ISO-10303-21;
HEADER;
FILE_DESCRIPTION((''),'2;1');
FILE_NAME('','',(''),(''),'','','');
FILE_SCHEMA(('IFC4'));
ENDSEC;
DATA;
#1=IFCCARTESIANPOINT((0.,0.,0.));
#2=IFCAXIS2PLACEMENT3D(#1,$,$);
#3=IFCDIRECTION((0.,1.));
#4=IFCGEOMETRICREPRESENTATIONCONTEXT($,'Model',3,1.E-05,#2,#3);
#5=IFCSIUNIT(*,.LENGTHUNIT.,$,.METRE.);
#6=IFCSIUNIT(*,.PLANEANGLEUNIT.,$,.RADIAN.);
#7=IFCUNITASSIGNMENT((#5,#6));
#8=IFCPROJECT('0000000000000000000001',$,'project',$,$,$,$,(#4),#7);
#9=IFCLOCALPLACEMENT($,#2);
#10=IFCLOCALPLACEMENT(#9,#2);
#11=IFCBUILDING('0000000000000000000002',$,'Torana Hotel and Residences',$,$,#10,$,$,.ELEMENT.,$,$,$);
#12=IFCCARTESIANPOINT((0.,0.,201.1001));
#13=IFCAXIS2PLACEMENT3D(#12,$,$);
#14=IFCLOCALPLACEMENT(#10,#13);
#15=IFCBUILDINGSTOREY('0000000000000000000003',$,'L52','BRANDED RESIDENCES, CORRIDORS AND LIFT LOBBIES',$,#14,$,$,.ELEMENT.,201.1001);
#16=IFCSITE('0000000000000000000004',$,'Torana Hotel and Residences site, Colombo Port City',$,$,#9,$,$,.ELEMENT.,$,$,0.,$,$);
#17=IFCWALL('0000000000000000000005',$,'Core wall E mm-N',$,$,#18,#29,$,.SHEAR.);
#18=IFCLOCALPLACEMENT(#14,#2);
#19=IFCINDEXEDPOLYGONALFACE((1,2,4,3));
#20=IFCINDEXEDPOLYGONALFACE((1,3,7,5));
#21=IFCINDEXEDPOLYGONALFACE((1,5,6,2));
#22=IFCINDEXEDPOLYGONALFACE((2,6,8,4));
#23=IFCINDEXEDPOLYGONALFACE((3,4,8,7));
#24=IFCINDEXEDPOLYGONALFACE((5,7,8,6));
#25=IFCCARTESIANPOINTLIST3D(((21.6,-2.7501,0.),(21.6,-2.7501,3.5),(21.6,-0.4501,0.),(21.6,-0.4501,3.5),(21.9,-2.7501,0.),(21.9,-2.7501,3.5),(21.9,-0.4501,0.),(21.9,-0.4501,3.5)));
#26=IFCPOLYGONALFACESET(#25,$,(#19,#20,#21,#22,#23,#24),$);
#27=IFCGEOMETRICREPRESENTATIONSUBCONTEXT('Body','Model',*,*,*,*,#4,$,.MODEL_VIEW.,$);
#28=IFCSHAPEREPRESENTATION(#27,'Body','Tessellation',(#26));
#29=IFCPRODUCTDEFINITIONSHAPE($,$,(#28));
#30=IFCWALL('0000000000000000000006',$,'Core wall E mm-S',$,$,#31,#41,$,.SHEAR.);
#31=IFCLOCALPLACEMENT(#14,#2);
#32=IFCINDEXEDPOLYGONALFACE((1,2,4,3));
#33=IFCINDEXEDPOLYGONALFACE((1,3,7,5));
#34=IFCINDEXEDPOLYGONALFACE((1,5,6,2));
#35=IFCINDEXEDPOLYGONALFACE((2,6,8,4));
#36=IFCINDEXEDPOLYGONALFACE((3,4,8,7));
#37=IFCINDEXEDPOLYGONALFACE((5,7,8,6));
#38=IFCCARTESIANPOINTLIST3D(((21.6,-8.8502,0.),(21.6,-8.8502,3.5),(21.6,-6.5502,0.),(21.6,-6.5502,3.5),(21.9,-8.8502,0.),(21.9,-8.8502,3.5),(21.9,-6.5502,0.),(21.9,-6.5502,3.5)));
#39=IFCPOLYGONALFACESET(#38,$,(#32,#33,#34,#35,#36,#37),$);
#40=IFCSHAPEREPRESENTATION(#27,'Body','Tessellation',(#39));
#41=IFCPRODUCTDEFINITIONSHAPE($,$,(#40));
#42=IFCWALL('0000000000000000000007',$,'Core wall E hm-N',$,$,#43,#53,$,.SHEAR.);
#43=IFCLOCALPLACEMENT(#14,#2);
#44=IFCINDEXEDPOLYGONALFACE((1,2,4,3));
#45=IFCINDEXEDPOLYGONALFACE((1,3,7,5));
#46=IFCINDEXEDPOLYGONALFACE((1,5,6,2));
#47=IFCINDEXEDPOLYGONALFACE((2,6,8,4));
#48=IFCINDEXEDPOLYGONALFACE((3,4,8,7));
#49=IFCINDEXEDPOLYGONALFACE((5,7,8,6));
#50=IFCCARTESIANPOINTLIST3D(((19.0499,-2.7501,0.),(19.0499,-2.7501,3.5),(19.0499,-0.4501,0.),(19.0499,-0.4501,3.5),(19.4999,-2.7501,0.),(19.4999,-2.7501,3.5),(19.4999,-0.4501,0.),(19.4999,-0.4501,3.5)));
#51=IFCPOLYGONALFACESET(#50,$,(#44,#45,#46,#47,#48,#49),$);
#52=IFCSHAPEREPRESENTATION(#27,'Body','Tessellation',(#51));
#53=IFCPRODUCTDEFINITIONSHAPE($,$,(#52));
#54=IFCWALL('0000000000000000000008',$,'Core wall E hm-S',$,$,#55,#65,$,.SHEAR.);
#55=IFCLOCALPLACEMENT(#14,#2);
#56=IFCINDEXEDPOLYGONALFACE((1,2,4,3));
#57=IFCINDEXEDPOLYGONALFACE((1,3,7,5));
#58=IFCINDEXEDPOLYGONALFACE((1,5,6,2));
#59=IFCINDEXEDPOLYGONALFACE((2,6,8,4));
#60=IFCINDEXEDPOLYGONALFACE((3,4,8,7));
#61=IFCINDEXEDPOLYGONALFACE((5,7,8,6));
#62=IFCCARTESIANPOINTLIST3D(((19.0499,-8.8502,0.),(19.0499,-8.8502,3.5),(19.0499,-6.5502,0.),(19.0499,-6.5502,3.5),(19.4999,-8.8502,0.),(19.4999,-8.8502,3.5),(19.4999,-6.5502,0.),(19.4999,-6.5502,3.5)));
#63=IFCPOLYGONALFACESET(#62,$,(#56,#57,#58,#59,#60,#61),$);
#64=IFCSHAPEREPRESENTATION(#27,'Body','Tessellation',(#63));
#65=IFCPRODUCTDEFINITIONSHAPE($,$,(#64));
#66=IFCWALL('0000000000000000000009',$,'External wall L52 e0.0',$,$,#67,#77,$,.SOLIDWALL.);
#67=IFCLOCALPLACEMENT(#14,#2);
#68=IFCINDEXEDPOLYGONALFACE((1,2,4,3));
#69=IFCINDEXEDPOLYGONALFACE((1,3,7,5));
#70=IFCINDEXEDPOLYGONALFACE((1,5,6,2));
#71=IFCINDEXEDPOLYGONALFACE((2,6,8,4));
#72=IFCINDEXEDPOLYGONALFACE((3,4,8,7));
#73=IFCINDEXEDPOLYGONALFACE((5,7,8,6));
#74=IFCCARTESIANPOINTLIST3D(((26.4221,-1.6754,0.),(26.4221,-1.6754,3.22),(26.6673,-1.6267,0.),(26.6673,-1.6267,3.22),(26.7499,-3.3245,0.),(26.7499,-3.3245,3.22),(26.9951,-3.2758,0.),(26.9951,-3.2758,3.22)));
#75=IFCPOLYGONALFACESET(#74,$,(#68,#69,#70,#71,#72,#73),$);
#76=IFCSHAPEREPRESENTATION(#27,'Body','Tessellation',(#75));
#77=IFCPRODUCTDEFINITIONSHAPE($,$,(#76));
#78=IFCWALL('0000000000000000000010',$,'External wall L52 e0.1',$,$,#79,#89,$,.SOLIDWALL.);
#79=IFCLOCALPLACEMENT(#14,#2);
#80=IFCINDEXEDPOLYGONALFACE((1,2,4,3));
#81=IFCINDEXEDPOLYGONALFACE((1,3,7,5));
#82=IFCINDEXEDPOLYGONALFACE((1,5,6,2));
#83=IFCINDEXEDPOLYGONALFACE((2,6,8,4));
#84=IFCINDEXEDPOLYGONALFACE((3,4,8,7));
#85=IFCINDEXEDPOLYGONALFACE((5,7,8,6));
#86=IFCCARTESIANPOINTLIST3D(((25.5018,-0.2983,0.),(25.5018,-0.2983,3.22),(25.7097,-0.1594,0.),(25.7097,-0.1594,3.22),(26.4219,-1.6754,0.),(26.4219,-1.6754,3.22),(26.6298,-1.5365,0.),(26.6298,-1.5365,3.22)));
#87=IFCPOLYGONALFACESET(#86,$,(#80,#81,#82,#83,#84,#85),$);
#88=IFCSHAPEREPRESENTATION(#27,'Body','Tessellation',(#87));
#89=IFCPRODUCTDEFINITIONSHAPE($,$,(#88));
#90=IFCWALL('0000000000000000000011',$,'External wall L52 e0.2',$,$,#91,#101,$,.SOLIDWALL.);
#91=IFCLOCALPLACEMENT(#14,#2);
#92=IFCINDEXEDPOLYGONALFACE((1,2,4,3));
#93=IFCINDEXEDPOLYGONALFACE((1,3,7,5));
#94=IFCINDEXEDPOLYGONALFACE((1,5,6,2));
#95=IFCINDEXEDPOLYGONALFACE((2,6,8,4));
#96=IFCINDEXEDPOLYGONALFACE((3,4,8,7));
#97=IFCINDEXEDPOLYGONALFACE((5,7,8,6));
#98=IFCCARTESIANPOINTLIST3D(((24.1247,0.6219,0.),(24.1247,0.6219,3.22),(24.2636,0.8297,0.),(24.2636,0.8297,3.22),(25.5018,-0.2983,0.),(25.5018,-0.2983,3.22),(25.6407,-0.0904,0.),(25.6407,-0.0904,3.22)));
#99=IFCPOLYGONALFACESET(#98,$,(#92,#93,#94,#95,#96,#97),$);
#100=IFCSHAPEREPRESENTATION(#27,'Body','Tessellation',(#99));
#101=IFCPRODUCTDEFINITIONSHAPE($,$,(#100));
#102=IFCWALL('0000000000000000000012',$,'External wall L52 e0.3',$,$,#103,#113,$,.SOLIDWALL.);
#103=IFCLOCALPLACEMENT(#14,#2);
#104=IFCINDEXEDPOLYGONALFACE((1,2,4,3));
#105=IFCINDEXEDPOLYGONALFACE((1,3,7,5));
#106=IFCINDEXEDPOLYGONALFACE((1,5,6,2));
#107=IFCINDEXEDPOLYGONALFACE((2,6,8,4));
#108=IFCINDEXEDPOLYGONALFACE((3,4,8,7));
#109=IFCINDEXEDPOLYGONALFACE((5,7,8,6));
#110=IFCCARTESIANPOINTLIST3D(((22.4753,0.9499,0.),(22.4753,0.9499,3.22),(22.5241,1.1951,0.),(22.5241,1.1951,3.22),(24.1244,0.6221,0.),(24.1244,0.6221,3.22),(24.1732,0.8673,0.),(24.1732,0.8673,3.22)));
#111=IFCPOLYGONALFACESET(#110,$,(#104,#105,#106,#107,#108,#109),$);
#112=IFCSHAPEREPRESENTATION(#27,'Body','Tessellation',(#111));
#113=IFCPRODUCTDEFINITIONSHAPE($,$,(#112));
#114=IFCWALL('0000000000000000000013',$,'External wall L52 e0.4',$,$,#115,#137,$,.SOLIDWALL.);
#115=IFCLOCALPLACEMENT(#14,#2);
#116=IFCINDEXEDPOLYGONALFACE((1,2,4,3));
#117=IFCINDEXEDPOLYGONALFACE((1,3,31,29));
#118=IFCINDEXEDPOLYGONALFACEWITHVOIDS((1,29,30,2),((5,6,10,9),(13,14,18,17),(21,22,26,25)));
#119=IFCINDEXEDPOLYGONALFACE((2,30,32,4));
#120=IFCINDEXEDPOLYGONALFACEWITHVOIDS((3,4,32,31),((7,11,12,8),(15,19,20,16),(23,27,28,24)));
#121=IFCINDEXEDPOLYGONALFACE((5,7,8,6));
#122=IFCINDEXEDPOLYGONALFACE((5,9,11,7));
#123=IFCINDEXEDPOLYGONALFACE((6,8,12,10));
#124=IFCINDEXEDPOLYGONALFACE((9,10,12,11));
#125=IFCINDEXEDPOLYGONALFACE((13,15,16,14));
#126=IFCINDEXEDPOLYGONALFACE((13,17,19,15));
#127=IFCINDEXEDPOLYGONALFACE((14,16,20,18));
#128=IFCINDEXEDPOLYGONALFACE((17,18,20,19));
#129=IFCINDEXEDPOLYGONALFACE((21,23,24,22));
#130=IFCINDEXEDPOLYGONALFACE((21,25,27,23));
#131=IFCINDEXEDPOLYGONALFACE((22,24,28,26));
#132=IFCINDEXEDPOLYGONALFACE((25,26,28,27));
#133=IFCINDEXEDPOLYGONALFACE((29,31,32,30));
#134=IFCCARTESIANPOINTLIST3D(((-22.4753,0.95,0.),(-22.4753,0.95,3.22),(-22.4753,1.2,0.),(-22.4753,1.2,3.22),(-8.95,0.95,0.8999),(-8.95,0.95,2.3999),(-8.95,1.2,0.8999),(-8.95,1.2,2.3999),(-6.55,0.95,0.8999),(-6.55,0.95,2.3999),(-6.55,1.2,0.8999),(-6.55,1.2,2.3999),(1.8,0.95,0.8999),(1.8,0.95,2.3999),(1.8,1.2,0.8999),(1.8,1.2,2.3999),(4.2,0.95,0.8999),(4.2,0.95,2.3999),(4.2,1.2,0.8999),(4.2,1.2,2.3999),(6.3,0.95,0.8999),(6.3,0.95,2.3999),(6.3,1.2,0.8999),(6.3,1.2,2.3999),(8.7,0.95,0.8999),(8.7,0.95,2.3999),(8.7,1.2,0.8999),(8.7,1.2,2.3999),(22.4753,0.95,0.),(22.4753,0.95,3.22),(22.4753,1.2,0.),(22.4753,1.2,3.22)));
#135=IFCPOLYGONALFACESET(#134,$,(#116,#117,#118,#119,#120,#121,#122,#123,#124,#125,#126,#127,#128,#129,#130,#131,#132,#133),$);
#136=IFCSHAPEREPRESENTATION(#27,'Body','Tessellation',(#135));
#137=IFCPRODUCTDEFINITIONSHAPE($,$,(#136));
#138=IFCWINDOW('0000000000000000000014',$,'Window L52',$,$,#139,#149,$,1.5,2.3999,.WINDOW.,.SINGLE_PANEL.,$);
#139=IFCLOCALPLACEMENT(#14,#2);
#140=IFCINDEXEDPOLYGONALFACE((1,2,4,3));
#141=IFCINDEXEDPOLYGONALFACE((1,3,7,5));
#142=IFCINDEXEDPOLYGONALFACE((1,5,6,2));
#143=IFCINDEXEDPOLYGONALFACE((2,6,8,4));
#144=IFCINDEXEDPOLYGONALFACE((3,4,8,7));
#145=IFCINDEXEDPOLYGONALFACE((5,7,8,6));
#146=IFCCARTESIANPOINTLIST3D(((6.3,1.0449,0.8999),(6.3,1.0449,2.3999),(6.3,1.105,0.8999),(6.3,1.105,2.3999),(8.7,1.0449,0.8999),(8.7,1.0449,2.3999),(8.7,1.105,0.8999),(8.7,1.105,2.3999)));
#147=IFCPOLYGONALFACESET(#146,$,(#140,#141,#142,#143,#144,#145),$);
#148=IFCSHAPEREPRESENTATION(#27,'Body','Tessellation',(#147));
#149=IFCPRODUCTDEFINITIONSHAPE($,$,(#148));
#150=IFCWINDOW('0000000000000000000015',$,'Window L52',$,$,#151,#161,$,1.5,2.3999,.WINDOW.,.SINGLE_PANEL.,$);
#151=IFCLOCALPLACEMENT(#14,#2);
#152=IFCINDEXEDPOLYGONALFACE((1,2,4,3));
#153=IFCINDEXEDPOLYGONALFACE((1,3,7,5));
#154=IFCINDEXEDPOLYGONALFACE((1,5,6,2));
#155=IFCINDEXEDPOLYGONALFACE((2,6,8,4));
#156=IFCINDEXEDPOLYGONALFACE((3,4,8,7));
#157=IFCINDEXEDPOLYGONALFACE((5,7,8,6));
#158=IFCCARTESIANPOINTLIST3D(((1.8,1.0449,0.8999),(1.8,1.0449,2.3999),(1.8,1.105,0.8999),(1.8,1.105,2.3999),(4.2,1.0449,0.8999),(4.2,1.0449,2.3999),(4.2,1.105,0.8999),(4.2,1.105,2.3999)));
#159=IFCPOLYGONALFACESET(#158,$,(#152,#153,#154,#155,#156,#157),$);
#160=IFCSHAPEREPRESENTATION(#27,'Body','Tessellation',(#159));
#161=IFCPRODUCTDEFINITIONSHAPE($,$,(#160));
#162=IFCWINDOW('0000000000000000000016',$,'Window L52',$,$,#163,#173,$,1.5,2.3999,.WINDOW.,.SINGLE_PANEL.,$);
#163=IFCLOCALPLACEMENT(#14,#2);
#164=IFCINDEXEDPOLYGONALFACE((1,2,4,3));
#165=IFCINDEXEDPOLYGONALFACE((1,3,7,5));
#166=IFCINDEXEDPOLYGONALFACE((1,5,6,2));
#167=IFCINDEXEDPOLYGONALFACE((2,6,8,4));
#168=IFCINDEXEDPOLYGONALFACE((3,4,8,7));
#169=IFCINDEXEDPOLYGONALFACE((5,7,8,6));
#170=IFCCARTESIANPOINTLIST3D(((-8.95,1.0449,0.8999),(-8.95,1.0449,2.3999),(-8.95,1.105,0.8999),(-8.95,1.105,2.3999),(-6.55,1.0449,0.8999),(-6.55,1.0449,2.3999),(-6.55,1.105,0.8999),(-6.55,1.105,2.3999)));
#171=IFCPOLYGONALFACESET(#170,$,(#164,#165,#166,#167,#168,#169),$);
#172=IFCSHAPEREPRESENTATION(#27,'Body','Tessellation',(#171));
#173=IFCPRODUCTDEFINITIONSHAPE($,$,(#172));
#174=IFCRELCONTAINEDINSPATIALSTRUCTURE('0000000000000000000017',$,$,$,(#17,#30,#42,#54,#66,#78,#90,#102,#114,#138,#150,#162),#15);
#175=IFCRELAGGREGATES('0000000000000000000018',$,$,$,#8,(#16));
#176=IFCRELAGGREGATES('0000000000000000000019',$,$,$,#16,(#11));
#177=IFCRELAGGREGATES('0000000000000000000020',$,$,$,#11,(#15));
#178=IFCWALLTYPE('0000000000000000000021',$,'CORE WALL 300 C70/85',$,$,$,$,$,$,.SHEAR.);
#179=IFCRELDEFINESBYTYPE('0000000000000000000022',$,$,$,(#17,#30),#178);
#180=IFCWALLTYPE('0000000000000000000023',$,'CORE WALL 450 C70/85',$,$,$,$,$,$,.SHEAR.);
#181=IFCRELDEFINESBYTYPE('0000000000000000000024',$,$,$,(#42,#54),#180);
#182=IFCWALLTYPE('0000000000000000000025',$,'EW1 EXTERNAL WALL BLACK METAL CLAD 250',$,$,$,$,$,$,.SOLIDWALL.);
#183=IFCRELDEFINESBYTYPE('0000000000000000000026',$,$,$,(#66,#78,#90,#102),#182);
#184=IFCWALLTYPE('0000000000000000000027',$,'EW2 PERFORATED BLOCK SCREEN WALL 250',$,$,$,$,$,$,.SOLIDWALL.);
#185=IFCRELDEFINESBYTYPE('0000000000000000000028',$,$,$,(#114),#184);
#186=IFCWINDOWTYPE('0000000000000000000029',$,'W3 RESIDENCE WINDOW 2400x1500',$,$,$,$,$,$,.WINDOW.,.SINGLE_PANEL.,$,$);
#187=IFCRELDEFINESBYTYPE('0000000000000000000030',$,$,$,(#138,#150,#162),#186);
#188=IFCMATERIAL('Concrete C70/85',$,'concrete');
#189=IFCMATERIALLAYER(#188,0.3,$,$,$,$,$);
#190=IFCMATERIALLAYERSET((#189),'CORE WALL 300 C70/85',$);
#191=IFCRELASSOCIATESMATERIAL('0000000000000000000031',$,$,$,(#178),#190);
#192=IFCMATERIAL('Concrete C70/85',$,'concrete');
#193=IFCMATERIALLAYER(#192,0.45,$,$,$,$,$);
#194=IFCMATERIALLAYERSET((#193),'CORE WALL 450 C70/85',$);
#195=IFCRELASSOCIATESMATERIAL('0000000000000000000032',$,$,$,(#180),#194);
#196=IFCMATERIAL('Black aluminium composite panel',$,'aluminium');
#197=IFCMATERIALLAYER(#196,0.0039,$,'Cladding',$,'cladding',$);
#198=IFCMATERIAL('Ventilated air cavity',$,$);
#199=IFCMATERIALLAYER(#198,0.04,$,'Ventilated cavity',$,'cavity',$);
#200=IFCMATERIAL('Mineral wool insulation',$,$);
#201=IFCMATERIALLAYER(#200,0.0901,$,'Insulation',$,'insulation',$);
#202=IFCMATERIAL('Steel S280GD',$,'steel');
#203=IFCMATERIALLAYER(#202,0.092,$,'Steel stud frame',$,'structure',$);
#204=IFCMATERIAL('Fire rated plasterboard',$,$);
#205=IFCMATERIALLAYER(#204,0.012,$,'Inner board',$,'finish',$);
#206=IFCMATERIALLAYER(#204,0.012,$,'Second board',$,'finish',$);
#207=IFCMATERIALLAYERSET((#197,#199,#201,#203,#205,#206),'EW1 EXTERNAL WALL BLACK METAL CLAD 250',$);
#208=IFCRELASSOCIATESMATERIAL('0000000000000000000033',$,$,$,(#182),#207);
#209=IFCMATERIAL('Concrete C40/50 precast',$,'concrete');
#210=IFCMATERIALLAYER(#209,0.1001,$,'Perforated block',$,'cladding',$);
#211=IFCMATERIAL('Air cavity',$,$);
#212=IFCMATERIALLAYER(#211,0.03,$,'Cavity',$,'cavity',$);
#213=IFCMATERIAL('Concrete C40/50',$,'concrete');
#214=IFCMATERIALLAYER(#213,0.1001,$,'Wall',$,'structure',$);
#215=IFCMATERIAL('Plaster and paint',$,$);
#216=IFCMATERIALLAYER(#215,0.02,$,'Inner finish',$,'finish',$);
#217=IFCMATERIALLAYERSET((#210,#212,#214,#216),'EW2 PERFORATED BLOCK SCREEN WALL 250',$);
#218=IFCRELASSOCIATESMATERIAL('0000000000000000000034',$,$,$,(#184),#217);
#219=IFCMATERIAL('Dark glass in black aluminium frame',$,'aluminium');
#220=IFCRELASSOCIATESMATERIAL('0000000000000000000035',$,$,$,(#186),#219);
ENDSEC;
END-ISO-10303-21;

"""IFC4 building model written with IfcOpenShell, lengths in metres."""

from ifc_helpers import new_model, si_unit, direction, frame, frame_2d, origin, place, context, subcontext, project, spatial, rectangle, extrude, material, layer, layer_set, type_object, element, fill, save


model = new_model("IFC4")

# Units and contexts
model_context = context("Model", 3, precision=1e-05, world=origin(), true_north=direction((0.0, 1.0)))
body_context = subcontext(model_context, "Body", "Model", "MODEL_VIEW")
ifc_project = project(units=[si_unit("LENGTHUNIT", "METRE"), si_unit("PLANEANGLEUNIT", "RADIAN")], contexts=[model_context])

# Site, building, storey
site_placement = place(None, origin())
site = spatial("IfcSite", under=ifc_project, at=site_placement, Name="Torana Hotel and Residences site, Colombo Port City", CompositionType="ELEMENT", RefElevation=0.0)
building_placement = place(site_placement, origin())
building = spatial("IfcBuilding", under=site, at=building_placement, Name="Torana Hotel and Residences", CompositionType="ELEMENT")
storey_placement = place(building_placement, frame((0.0, 0.0, 201.1001)))
storey = spatial("IfcBuildingStorey", under=building, at=storey_placement, Name="L52", Description="BRANDED RESIDENCES, CORRIDORS AND LIFT LOBBIES", CompositionType="ELEMENT", Elevation=201.1001)

# Walls
ifc_material_1 = material(Name="Concrete C70/85", Category="concrete")
ifc_layer_1 = layer(ifc_material_1, 0.3)
ifc_layer_set_1 = layer_set([ifc_layer_1], Name="CORE WALL 300 C70/85")
wall_type_1 = type_object("IfcWallType", Name="CORE WALL 300 C70/85", PredefinedType="SHEAR", material=ifc_layer_set_1)
for number, where, z_axis, x_axis, name in (
    (1, (21.75, -2.75, 0.0), (0.0, 0.0, 1.0), (0.0, 1.0, 0.0), "Core wall E mm-N"),
    (2, (21.75, -8.8501, 0.0), (0.0, 0.0, 1.0), (0.0, 1.0, 0.0), "Core wall E mm-S"),
):
    element("IfcWall", number, at=place(storey_placement, frame(where, z_axis=z_axis, x_axis=x_axis)), inside=storey, type_object=wall_type_1, Name=name, PredefinedType="SHEAR", context=body_context, shape_type="SweptSolid", body=[
        extrude(rectangle(XDim=2.3, YDim=0.3, at=frame_2d((1.1499, 0.0))), origin(), (0.0, 0.0, 1.0), 3.5),
    ])
ifc_material_2 = material(Name="Concrete C70/85", Category="concrete")
ifc_layer_2 = layer(ifc_material_2, 0.45)
ifc_layer_set_2 = layer_set([ifc_layer_2], Name="CORE WALL 450 C70/85")
wall_type_2 = type_object("IfcWallType", Name="CORE WALL 450 C70/85", PredefinedType="SHEAR", material=ifc_layer_set_2)
for number, where, z_axis, x_axis, name in (
    (3, (19.2749, -2.75, 0.0), (0.0, 0.0, 1.0), (0.0, 1.0, 0.0), "Core wall E hm-N"),
    (4, (19.2749, -8.8501, 0.0), (0.0, 0.0, 1.0), (0.0, 1.0, 0.0), "Core wall E hm-S"),
):
    element("IfcWall", number, at=place(storey_placement, frame(where, z_axis=z_axis, x_axis=x_axis)), inside=storey, type_object=wall_type_2, Name=name, PredefinedType="SHEAR", context=body_context, shape_type="SweptSolid", body=[
        extrude(rectangle(XDim=2.3, YDim=0.45, at=frame_2d((1.1499, 0.0))), origin(), (0.0, 0.0, 1.0), 3.5),
    ])
ifc_material_3 = material(Name="Black aluminium composite panel", Category="aluminium")
ifc_layer_3 = layer(ifc_material_3, 0.0039, Name="Cladding", Category="cladding")
ifc_material_4 = material(Name="Ventilated air cavity")
ifc_layer_4 = layer(ifc_material_4, 0.04, Name="Ventilated cavity", Category="cavity")
ifc_material_5 = material(Name="Mineral wool insulation")
ifc_layer_5 = layer(ifc_material_5, 0.0901, Name="Insulation", Category="insulation")
ifc_material_6 = material(Name="Steel S280GD", Category="steel")
ifc_layer_6 = layer(ifc_material_6, 0.092, Name="Steel stud frame", Category="structure")
ifc_material_7 = material(Name="Fire rated plasterboard")
ifc_layer_7 = layer(ifc_material_7, 0.012, Name="Inner board", Category="finish")
ifc_layer_8 = layer(ifc_material_7, 0.012, Name="Second board", Category="finish")
ifc_layer_set_3 = layer_set([ifc_layer_3, ifc_layer_4, ifc_layer_5, ifc_layer_6, ifc_layer_7, ifc_layer_8], Name="EW1 EXTERNAL WALL BLACK METAL CLAD 250")
wall_type_3 = type_object("IfcWallType", Name="EW1 EXTERNAL WALL BLACK METAL CLAD 250", PredefinedType="SOLIDWALL", material=ifc_layer_set_3)
wall_1_placement = place(storey_placement, frame((26.8726, -3.3003, 0.0), z_axis=(0.0, 0.0, 1.0), x_axis=(-0.194999, 0.980803, 0.0)))
element("IfcWall", 5, at=wall_1_placement, inside=storey, type_object=wall_type_3, Name="External wall L52 e0.0", PredefinedType="SOLIDWALL", context=body_context, shape_type="SweptSolid", body=[
    extrude(rectangle(XDim=1.6814, YDim=0.25, at=frame_2d((0.8408, 0.0))), origin(), (0.0, 0.0, 1.0), 3.22),
])
for number, where, z_axis, x_axis, name in (
    (6, (26.5259, -1.606, 0.0), (0.0, 0.0, 1.0), (-0.55555, 0.831483, 0.0), "External wall L52 e0.1"),
    (7, (25.5713, -0.1943, 0.0), (0.0, 0.0, 1.0), (-0.831483, 0.55555, 0.0), "External wall L52 e0.2"),
):
    element("IfcWall", number, at=place(storey_placement, frame(where, z_axis=z_axis, x_axis=x_axis)), inside=storey, type_object=wall_type_3, Name=name, PredefinedType="SOLIDWALL", context=body_context, shape_type="SweptSolid", body=[
        extrude(rectangle(XDim=1.6562, YDim=0.25, at=frame_2d((0.8281, 0.0))), origin(), (0.0, 0.0, 1.0), 3.22),
    ])
wall_2_placement = place(storey_placement, frame((24.1489, 0.7446, 0.0), z_axis=(0.0, 0.0, 1.0), x_axis=(-0.980803, 0.194999, 0.0)))
element("IfcWall", 8, at=wall_2_placement, inside=storey, type_object=wall_type_3, Name="External wall L52 e0.3", PredefinedType="SOLIDWALL", context=body_context, shape_type="SweptSolid", body=[
    extrude(rectangle(XDim=1.6814, YDim=0.25, at=frame_2d((0.8408, 0.0))), origin(), (0.0, 0.0, 1.0), 3.22),
])

# Wall, openings, windows
ifc_material_8 = material(Name="Concrete C40/50 precast", Category="concrete")
ifc_layer_9 = layer(ifc_material_8, 0.1001, Name="Perforated block", Category="cladding")
ifc_material_9 = material(Name="Air cavity")
ifc_layer_10 = layer(ifc_material_9, 0.03, Name="Cavity", Category="cavity")
ifc_material_10 = material(Name="Concrete C40/50", Category="concrete")
ifc_layer_11 = layer(ifc_material_10, 0.1001, Name="Wall", Category="structure")
ifc_material_11 = material(Name="Plaster and paint")
ifc_layer_12 = layer(ifc_material_11, 0.02, Name="Inner finish", Category="finish")
ifc_layer_set_4 = layer_set([ifc_layer_9, ifc_layer_10, ifc_layer_11, ifc_layer_12], Name="EW2 PERFORATED BLOCK SCREEN WALL 250")
wall_type_4 = type_object("IfcWallType", Name="EW2 PERFORATED BLOCK SCREEN WALL 250", PredefinedType="SOLIDWALL", material=ifc_layer_set_4)
wall_3_placement = place(storey_placement, frame((22.4753, 1.075, 0.0), z_axis=(0.0, 0.0, 1.0), x_axis=(-1.0, 0.0, 0.0)))
wall_3 = element("IfcWall", 9, at=wall_3_placement, inside=storey, type_object=wall_type_4, Name="External wall L52 e0.4", PredefinedType="SOLIDWALL", context=body_context, shape_type="SweptSolid", body=[
    extrude(rectangle(XDim=44.9507, YDim=0.25, at=frame_2d((22.4753, 0.0))), origin(), (0.0, 0.0, 1.0), 3.22),
])
opening_1_placement = place(wall_3_placement, frame((13.7754, 0.0, 0.8999)))
opening_1 = element("IfcOpeningElement", 10, at=opening_1_placement, cuts=wall_3, PredefinedType="OPENING", context=body_context, shape_type="SweptSolid", body=[
    extrude(rectangle(XDim=2.3999, YDim=1.5, at=frame_2d((1.2, 0.75))), frame((0.0, 0.135, 0.0), z_axis=(0.0, -1.0, 0.0), x_axis=(1.0, 0.0, 0.0)), (0.0, 0.0, 1.0), 0.27),
])
opening_2_placement = place(wall_3_placement, frame((18.2754, 0.0, 0.8999)))
opening_2 = element("IfcOpeningElement", 11, at=opening_2_placement, cuts=wall_3, PredefinedType="OPENING", context=body_context, shape_type="SweptSolid", body=[
    extrude(rectangle(XDim=2.3999, YDim=1.5, at=frame_2d((1.2, 0.75))), frame((0.0, 0.135, 0.0), z_axis=(0.0, -1.0, 0.0), x_axis=(1.0, 0.0, 0.0)), (0.0, 0.0, 1.0), 0.27),
])
opening_3_placement = place(wall_3_placement, frame((29.0254, 0.0, 0.8999)))
opening_3 = element("IfcOpeningElement", 12, at=opening_3_placement, cuts=wall_3, PredefinedType="OPENING", context=body_context, shape_type="SweptSolid", body=[
    extrude(rectangle(XDim=2.3999, YDim=1.5, at=frame_2d((1.2, 0.75))), frame((0.0, 0.135, 0.0), z_axis=(0.0, -1.0, 0.0), x_axis=(1.0, 0.0, 0.0)), (0.0, 0.0, 1.0), 0.27),
])
ifc_material_12 = material(Name="Dark glass in black aluminium frame", Category="aluminium")
window_type = type_object("IfcWindowType", Name="W3 RESIDENCE WINDOW 2400x1500", PartitioningType="SINGLE_PANEL", PredefinedType="WINDOW", material=ifc_material_12)
window_1_placement = place(opening_1_placement, origin())
window_1 = element("IfcWindow", 13, at=window_1_placement, inside=storey, type_object=window_type, Name="Window L52", OverallHeight=1.5, OverallWidth=2.3999, PartitioningType="SINGLE_PANEL", PredefinedType="WINDOW", context=body_context, shape_type="SweptSolid", body=[
    extrude(rectangle(XDim=2.3999, YDim=1.5, at=frame_2d((1.2, 0.75))), frame((0.0, 0.03, 0.0), z_axis=(0.0, -1.0, 0.0), x_axis=(1.0, 0.0, 0.0)), (0.0, 0.0, 1.0), 0.0601),
])
fill(opening_1, window_1)
window_2_placement = place(opening_2_placement, origin())
window_2 = element("IfcWindow", 14, at=window_2_placement, inside=storey, type_object=window_type, Name="Window L52", OverallHeight=1.5, OverallWidth=2.3999, PartitioningType="SINGLE_PANEL", PredefinedType="WINDOW", context=body_context, shape_type="SweptSolid", body=[
    extrude(rectangle(XDim=2.3999, YDim=1.5, at=frame_2d((1.2, 0.75))), frame((0.0, 0.03, 0.0), z_axis=(0.0, -1.0, 0.0), x_axis=(1.0, 0.0, 0.0)), (0.0, 0.0, 1.0), 0.0601),
])
fill(opening_2, window_2)
window_3_placement = place(opening_3_placement, origin())
window_3 = element("IfcWindow", 15, at=window_3_placement, inside=storey, type_object=window_type, Name="Window L52", OverallHeight=1.5, OverallWidth=2.3999, PartitioningType="SINGLE_PANEL", PredefinedType="WINDOW", context=body_context, shape_type="SweptSolid", body=[
    extrude(rectangle(XDim=2.3999, YDim=1.5, at=frame_2d((1.2, 0.75))), frame((0.0, 0.03, 0.0), z_axis=(0.0, -1.0, 0.0), x_axis=(1.0, 0.0, 0.0)), (0.0, 0.0, 1.0), 0.0601),
])
fill(opening_3, window_3)

save(model, "model.ifc")
